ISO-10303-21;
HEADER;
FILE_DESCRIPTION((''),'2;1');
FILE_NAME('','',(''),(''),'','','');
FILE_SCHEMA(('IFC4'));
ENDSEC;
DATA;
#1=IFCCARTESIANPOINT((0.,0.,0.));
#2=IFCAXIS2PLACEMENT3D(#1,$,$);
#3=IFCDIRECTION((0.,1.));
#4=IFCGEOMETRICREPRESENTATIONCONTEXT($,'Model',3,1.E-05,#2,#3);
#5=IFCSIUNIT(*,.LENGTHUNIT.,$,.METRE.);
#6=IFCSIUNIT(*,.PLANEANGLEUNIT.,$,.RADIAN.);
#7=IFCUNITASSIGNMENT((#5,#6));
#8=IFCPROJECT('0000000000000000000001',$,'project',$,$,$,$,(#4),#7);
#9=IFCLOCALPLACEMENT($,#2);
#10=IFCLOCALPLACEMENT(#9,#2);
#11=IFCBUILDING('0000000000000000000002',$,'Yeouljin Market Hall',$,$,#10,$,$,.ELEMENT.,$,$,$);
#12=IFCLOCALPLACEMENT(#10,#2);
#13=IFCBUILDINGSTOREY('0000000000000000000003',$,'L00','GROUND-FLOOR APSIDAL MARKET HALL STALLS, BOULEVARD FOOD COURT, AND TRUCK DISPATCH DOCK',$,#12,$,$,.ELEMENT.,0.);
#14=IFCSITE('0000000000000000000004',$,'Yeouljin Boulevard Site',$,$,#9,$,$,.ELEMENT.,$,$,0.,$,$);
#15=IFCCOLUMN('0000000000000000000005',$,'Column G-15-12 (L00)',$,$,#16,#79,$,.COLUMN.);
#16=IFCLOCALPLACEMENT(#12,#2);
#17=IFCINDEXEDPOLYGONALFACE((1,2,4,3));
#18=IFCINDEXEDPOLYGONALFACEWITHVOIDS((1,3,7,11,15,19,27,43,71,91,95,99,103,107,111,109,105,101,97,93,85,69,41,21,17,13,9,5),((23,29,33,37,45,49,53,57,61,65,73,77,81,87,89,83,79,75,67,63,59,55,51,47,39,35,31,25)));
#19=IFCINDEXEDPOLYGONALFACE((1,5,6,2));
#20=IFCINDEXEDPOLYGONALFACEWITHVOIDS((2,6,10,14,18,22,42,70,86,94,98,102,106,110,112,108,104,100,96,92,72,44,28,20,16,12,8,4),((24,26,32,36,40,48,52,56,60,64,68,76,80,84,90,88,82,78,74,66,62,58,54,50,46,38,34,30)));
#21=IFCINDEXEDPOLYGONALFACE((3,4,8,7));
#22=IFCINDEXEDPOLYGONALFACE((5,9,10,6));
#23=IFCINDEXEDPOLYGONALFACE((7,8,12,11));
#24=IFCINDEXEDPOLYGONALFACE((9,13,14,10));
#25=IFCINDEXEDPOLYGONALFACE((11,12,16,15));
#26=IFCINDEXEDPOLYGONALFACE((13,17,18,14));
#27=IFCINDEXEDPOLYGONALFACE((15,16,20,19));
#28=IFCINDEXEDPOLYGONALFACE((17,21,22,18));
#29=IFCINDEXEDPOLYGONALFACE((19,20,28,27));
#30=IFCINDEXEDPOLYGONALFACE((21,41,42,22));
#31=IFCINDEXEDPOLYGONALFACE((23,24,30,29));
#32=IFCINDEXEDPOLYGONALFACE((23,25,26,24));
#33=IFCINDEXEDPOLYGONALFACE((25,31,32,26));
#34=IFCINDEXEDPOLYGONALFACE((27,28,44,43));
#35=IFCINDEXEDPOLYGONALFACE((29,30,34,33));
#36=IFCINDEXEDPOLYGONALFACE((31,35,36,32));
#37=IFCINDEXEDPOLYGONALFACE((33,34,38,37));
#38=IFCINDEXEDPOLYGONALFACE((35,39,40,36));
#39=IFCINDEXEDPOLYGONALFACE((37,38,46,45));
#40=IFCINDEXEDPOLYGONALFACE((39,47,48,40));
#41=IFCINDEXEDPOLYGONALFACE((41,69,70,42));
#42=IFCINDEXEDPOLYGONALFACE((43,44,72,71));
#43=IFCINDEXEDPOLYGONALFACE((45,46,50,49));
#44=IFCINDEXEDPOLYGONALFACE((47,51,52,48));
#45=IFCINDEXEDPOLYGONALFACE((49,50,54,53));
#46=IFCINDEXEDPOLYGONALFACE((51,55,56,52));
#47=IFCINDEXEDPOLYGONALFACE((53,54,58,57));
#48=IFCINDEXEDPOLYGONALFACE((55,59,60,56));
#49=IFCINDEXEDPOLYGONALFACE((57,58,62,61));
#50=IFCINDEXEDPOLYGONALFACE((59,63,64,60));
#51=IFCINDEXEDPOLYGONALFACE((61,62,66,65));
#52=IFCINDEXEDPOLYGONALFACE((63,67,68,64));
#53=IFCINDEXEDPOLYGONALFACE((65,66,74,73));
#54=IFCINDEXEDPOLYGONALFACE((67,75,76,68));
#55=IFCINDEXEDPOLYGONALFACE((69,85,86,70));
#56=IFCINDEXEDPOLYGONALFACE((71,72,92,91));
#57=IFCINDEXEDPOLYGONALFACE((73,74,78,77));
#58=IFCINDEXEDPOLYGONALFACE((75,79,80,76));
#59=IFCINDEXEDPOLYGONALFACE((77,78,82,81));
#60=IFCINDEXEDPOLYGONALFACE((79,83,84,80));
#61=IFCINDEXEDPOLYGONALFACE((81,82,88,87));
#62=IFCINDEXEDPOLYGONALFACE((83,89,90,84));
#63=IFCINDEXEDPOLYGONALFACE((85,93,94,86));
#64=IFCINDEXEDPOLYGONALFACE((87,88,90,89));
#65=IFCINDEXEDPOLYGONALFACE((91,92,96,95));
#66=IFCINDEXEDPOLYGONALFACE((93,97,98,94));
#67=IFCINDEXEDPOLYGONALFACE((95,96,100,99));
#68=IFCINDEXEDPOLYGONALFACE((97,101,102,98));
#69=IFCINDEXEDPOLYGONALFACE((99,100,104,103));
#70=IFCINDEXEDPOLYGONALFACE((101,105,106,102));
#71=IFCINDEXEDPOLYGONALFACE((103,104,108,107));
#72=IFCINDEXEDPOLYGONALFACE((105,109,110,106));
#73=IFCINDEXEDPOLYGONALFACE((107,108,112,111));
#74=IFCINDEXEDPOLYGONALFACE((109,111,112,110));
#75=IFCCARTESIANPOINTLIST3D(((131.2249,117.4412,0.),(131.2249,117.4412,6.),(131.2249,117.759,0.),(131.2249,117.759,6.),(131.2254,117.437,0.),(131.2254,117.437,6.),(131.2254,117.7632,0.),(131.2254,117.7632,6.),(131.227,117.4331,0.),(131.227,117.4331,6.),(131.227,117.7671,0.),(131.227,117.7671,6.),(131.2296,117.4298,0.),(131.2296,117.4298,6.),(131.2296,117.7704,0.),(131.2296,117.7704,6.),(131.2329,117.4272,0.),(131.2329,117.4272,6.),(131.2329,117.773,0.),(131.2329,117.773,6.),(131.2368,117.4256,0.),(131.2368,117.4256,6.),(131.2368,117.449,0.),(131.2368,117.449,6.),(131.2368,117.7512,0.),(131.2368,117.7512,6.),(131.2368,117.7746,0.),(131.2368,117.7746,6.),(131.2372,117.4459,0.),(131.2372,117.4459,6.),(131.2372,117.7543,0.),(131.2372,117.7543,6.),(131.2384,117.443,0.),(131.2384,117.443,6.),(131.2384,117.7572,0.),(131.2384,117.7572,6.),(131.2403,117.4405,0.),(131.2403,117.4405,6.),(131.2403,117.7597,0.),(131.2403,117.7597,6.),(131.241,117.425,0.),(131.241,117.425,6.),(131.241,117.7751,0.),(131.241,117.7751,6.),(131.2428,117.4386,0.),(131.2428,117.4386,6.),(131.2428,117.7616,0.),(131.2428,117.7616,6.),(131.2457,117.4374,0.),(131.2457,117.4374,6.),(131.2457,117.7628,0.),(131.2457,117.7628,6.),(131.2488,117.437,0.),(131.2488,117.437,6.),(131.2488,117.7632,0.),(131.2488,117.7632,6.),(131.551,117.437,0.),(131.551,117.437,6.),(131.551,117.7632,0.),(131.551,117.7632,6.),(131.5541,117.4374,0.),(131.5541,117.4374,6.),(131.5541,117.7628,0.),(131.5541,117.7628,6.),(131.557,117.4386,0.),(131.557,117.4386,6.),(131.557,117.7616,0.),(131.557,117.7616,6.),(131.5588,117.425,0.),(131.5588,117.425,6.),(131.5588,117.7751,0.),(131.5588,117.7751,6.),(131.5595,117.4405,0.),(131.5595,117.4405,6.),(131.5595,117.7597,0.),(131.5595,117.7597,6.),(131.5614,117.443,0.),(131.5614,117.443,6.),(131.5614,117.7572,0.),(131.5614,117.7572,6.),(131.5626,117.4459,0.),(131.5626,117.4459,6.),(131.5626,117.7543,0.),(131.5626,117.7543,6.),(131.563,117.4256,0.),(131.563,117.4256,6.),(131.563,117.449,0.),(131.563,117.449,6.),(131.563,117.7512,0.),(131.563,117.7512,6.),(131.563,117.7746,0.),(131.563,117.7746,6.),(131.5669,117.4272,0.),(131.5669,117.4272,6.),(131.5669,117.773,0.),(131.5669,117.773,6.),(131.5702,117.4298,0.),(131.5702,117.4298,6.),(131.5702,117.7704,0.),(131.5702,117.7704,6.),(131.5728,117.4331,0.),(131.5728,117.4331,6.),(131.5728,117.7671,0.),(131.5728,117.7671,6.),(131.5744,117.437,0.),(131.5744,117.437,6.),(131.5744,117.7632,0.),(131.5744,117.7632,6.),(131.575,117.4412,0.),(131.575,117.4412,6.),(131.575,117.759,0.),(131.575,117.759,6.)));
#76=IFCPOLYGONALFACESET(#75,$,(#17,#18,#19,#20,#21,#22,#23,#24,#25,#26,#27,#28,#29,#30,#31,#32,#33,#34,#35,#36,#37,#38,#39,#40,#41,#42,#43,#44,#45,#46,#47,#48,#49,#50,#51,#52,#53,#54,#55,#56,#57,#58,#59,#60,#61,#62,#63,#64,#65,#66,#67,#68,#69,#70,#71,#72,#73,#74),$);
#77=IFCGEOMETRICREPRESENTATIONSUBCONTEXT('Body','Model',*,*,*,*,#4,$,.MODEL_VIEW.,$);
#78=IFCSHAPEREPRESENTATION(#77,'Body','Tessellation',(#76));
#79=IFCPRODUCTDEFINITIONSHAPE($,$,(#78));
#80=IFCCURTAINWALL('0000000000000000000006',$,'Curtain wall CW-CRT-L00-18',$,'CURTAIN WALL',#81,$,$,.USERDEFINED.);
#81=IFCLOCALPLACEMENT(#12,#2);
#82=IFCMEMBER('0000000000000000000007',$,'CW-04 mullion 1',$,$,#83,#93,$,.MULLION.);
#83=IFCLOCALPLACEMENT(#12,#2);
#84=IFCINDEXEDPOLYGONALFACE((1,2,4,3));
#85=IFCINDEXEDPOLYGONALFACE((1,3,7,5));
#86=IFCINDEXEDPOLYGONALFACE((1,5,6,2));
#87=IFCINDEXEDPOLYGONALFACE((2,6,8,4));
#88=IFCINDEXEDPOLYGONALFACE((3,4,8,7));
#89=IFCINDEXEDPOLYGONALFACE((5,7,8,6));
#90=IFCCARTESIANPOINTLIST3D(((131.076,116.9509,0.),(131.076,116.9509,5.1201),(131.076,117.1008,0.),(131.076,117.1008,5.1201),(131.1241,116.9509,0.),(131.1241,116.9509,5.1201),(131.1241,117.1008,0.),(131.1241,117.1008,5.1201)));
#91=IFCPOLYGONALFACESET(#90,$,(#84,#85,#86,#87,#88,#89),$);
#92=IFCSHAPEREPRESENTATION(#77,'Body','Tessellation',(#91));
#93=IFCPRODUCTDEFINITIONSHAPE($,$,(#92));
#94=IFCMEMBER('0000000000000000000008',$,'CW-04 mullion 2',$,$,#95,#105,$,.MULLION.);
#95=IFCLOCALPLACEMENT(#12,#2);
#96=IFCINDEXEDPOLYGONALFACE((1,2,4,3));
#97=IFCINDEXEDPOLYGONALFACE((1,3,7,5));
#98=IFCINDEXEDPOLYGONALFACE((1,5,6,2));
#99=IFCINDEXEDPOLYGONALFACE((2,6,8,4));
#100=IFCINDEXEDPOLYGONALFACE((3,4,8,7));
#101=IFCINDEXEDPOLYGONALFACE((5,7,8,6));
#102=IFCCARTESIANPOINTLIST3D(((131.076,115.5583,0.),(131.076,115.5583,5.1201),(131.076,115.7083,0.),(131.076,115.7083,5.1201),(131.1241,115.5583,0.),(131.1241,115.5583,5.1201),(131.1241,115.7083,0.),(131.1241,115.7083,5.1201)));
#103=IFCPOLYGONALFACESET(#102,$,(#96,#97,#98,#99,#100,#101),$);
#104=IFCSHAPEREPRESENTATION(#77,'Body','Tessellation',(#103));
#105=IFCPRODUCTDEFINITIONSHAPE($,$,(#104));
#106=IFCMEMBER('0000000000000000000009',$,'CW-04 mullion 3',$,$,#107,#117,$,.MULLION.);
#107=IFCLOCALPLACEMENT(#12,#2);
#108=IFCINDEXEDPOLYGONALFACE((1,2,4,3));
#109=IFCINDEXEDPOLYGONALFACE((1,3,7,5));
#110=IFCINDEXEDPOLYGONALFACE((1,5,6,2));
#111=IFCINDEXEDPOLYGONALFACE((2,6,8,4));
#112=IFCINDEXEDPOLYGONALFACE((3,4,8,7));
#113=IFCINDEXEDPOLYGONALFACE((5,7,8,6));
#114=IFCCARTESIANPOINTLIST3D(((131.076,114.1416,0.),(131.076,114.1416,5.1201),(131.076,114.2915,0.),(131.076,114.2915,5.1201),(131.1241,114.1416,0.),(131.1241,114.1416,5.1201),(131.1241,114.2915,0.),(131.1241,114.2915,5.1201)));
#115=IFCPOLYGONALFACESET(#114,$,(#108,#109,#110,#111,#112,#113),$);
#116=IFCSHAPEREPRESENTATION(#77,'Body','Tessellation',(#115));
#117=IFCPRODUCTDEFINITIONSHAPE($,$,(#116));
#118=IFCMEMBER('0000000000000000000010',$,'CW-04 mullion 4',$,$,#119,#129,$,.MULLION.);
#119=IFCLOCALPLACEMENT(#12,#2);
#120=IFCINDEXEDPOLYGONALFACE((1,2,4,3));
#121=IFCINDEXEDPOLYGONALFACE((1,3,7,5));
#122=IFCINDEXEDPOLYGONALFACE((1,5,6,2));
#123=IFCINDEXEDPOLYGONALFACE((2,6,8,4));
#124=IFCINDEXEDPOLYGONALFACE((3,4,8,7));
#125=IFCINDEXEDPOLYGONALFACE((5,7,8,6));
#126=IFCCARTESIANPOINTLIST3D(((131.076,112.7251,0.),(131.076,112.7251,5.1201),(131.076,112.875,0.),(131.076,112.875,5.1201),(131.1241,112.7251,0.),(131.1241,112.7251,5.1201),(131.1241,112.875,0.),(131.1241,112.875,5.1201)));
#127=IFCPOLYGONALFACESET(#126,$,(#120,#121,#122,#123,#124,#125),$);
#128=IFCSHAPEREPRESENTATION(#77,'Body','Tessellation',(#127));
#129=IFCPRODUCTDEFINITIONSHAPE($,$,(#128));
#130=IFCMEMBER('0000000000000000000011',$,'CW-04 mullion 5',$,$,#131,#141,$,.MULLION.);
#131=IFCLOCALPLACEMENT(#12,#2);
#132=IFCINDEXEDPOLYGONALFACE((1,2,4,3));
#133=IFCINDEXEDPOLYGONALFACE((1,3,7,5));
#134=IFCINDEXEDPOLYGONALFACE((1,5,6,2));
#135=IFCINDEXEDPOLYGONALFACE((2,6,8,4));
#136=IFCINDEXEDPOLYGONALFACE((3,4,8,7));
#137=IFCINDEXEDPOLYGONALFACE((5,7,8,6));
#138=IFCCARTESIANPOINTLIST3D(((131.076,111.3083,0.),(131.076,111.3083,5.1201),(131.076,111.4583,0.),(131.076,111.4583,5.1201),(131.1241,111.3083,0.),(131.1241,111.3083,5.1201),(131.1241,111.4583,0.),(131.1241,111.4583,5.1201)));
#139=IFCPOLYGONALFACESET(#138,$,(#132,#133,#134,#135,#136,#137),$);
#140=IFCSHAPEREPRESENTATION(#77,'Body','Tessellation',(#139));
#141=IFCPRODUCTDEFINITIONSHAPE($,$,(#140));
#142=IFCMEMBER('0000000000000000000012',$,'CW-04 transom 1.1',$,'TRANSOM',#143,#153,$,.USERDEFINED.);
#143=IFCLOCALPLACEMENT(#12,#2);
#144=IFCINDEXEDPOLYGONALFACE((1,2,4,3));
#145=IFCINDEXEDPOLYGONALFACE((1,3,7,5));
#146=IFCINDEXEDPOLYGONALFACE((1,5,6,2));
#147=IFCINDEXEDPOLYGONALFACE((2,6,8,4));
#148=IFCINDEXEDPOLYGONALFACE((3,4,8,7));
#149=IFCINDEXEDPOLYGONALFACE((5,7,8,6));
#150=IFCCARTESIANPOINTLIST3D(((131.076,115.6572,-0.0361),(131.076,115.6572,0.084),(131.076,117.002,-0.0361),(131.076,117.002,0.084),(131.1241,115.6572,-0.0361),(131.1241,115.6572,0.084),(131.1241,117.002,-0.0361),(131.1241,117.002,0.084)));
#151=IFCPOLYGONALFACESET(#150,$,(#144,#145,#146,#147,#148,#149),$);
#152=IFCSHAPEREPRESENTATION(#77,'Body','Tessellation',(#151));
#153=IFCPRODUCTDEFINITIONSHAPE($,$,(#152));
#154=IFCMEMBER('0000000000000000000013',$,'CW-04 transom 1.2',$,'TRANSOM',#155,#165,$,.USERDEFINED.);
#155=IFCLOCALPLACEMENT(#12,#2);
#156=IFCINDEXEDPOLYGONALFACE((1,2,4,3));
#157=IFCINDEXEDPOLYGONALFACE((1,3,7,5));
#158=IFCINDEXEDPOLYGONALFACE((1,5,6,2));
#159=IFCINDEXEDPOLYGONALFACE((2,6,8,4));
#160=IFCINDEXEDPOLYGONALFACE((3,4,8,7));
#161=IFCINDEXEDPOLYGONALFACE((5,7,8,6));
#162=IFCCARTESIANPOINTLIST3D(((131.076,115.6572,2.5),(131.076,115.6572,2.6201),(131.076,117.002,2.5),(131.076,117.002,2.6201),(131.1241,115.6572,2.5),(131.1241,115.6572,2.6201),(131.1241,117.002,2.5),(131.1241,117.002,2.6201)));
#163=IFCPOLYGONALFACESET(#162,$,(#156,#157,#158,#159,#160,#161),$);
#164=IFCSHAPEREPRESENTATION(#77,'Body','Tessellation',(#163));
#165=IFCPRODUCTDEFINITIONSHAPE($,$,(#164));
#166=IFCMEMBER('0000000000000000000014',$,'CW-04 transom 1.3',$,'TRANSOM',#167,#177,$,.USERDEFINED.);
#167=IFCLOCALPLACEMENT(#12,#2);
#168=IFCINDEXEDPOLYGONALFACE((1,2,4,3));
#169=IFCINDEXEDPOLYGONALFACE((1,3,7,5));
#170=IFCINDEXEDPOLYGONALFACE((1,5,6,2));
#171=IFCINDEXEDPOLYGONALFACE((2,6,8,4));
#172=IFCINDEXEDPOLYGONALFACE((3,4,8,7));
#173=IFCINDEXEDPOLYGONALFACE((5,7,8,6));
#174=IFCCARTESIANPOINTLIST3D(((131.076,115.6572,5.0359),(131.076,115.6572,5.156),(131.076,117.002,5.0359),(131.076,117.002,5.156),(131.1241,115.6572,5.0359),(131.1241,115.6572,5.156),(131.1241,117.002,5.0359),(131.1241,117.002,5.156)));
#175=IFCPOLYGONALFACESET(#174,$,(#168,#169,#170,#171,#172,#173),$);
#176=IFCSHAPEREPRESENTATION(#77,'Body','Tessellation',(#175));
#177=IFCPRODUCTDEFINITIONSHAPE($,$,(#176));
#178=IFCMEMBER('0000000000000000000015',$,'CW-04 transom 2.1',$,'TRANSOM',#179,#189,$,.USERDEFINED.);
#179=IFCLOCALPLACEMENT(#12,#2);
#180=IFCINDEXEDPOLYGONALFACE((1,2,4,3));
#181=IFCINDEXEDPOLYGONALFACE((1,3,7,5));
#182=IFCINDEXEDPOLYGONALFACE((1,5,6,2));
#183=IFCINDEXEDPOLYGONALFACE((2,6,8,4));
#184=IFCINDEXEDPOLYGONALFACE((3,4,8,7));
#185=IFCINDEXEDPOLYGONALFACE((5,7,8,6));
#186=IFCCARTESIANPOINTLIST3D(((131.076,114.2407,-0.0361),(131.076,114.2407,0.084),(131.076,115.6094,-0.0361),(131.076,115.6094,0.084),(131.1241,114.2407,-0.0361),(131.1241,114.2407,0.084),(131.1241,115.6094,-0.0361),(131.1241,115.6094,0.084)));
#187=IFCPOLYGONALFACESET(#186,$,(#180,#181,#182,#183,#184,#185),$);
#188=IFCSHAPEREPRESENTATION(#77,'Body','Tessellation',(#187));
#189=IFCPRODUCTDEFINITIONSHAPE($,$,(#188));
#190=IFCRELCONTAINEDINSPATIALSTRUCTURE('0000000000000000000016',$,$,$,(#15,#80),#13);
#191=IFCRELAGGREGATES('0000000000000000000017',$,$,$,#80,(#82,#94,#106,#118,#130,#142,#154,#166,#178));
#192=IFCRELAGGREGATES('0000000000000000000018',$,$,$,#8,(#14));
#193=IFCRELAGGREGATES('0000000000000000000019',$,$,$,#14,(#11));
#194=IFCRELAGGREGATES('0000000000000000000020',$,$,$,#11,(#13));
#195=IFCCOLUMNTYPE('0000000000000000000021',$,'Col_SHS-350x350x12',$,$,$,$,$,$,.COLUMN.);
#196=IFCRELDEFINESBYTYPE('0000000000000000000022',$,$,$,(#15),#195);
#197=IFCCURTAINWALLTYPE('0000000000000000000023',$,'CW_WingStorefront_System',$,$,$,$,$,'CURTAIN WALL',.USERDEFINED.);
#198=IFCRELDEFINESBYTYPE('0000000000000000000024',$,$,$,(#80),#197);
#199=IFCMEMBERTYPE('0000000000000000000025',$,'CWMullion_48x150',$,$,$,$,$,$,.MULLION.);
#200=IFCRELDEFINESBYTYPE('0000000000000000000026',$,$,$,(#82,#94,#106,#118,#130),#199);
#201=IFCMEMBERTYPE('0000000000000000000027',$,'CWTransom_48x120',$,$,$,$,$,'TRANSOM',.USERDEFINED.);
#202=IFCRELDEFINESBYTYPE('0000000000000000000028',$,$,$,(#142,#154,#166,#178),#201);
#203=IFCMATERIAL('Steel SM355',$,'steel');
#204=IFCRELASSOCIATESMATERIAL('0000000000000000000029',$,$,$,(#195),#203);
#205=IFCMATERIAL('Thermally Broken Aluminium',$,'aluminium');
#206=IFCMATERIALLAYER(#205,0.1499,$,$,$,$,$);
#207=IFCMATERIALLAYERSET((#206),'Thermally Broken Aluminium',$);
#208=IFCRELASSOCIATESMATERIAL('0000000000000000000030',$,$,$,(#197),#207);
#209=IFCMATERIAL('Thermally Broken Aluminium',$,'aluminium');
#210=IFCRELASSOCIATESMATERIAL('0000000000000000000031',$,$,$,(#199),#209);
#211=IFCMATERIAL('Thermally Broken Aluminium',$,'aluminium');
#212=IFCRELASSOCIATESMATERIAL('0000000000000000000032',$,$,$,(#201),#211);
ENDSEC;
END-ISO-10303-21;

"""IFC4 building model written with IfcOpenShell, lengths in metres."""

from ifc_helpers import new_model, si_unit, direction, frame, origin, origin_2d, place, context, subcontext, project, spatial, rectangle, hollow_rectangle, extrude, material, layer, layer_set, material_profile, profile_set, type_object, element, aggregate, save


model = new_model("IFC4")

# Units and contexts
model_context = context("Model", 3, precision=1e-05, world=origin(), true_north=direction((0.0, 1.0)))
body_context = subcontext(model_context, "Body", "Model", "MODEL_VIEW")
ifc_project = project(units=[si_unit("LENGTHUNIT", "METRE"), si_unit("PLANEANGLEUNIT", "RADIAN")], contexts=[model_context])

# Site, building, storey
site_placement = place(None, origin())
site = spatial("IfcSite", under=ifc_project, at=site_placement, Name="Yeouljin Boulevard Site", CompositionType="ELEMENT", RefElevation=0.0)
building_placement = place(site_placement, origin())
building = spatial("IfcBuilding", under=site, at=building_placement, Name="Yeouljin Market Hall", CompositionType="ELEMENT")
storey_placement = place(building_placement, origin())
storey = spatial("IfcBuildingStorey", under=building, at=storey_placement, Name="L00", Description="GROUND-FLOOR APSIDAL MARKET HALL STALLS, BOULEVARD FOOD COURT, AND TRUCK DISPATCH DOCK", CompositionType="ELEMENT", Elevation=0.0)

# Column
ifc_material_1 = material(Name="Steel SM355", Category="steel")
ifc_material_profile_1 = material_profile(ifc_material_1, hollow_rectangle(XDim=0.3501, YDim=0.3501, WallThickness=0.012, InnerFilletRadius=0.012, OuterFilletRadius=0.0161, at=origin_2d()), Name="SHS-350x350x12")
ifc_profile_set_1 = profile_set([ifc_material_profile_1], Name="Steel SM355")
column_type = type_object("IfcColumnType", Name="Col_SHS-350x350x12", PredefinedType="COLUMN", material=ifc_profile_set_1)
column_placement = place(storey_placement, frame((131.3999, 117.6001, 0.0), z_axis=(0.0, 0.0, 1.0), x_axis=(1.0, 0.0, 0.0)))
element("IfcColumn", 1, at=column_placement, inside=storey, type_object=column_type, Name="Column G-15-12 (L00)", PredefinedType="COLUMN", context=body_context, shape_type="SweptSolid", body=[
    extrude(hollow_rectangle(XDim=0.3501, YDim=0.3501, WallThickness=0.012, InnerFilletRadius=0.012, OuterFilletRadius=0.0161, at=origin_2d()), origin(), (0.0, 0.0, 1.0), 6.0),
])

# Curtain wall, members
ifc_material_2 = material(Name="Thermally Broken Aluminium", Category="aluminium")
ifc_layer_1 = layer(ifc_material_2, 0.1499)
ifc_layer_set_1 = layer_set([ifc_layer_1], Name="Thermally Broken Aluminium")
curtain_wall_type = type_object("IfcCurtainWallType", Name="CW_WingStorefront_System", ElementType="CURTAIN WALL", PredefinedType="USERDEFINED", material=ifc_layer_set_1)
curtain_wall_placement = place(storey_placement, origin())
curtain_wall = element("IfcCurtainWall", 2, at=curtain_wall_placement, inside=storey, type_object=curtain_wall_type, Name="Curtain wall CW-CRT-L00-18", ObjectType="CURTAIN WALL", PredefinedType="USERDEFINED")
ifc_material_3 = material(Name="Thermally Broken Aluminium", Category="aluminium")
ifc_material_profile_2 = material_profile(ifc_material_3, rectangle(XDim=0.0481, YDim=0.1499, at=origin_2d()), Name="CW-MULL-48x150")
ifc_profile_set_2 = profile_set([ifc_material_profile_2], Name="Thermally Broken Aluminium")
member_type_1 = type_object("IfcMemberType", Name="CWMullion_48x150", PredefinedType="MULLION", material=ifc_profile_set_2)
member_1_placement = place(storey_placement, frame((131.1001, 117.0259, 0.0), z_axis=(0.0, 0.0, 1.0), x_axis=(1.0, 0.0, 0.0)))
member_1 = element("IfcMember", 3, at=member_1_placement, type_object=member_type_1, Name="CW-04 mullion 1", PredefinedType="MULLION", context=body_context, shape_type="SweptSolid", body=[
    extrude(rectangle(XDim=0.0481, YDim=0.1499, at=origin_2d()), origin(), (0.0, 0.0, 1.0), 5.1201),
])
member_2_placement = place(storey_placement, frame((131.1001, 115.6333, 0.0), z_axis=(0.0, 0.0, 1.0), x_axis=(1.0, 0.0, 0.0)))
member_2 = element("IfcMember", 4, at=member_2_placement, type_object=member_type_1, Name="CW-04 mullion 2", PredefinedType="MULLION", context=body_context, shape_type="SweptSolid", body=[
    extrude(rectangle(XDim=0.0481, YDim=0.1499, at=origin_2d()), origin(), (0.0, 0.0, 1.0), 5.1201),
])
member_3_placement = place(storey_placement, frame((131.1001, 114.2166, 0.0), z_axis=(0.0, 0.0, 1.0), x_axis=(1.0, 0.0, 0.0)))
member_3 = element("IfcMember", 5, at=member_3_placement, type_object=member_type_1, Name="CW-04 mullion 3", PredefinedType="MULLION", context=body_context, shape_type="SweptSolid", body=[
    extrude(rectangle(XDim=0.0481, YDim=0.1499, at=origin_2d()), origin(), (0.0, 0.0, 1.0), 5.1201),
])
member_4_placement = place(storey_placement, frame((131.1001, 112.8, 0.0), z_axis=(0.0, 0.0, 1.0), x_axis=(1.0, 0.0, 0.0)))
member_4 = element("IfcMember", 6, at=member_4_placement, type_object=member_type_1, Name="CW-04 mullion 4", PredefinedType="MULLION", context=body_context, shape_type="SweptSolid", body=[
    extrude(rectangle(XDim=0.0481, YDim=0.1499, at=origin_2d()), origin(), (0.0, 0.0, 1.0), 5.1201),
])
member_5_placement = place(storey_placement, frame((131.1001, 111.3833, 0.0), z_axis=(0.0, 0.0, 1.0), x_axis=(1.0, 0.0, 0.0)))
member_5 = element("IfcMember", 7, at=member_5_placement, type_object=member_type_1, Name="CW-04 mullion 5", PredefinedType="MULLION", context=body_context, shape_type="SweptSolid", body=[
    extrude(rectangle(XDim=0.0481, YDim=0.1499, at=origin_2d()), origin(), (0.0, 0.0, 1.0), 5.1201),
])
ifc_material_4 = material(Name="Thermally Broken Aluminium", Category="aluminium")
ifc_material_profile_3 = material_profile(ifc_material_4, rectangle(XDim=0.0481, YDim=0.1201, at=origin_2d()), Name="CW-TRAN-48x120")
ifc_profile_set_3 = profile_set([ifc_material_profile_3], Name="Thermally Broken Aluminium")
member_type_2 = type_object("IfcMemberType", Name="CWTransom_48x120", ElementType="TRANSOM", PredefinedType="USERDEFINED", material=ifc_profile_set_3)
member_6_placement = place(storey_placement, frame((131.1001, 117.002, 0.0239), z_axis=(0.0, -1.0, 0.0), x_axis=(1.0, 0.0, 0.0)))
member_6 = element("IfcMember", 8, at=member_6_placement, type_object=member_type_2, Name="CW-04 transom 1.1", ObjectType="TRANSOM", PredefinedType="USERDEFINED", context=body_context, shape_type="SweptSolid", body=[
    extrude(rectangle(XDim=0.0481, YDim=0.1201, at=origin_2d()), origin(), (0.0, 0.0, 1.0), 1.3447),
])
member_7_placement = place(storey_placement, frame((131.1001, 117.002, 2.5601), z_axis=(0.0, -1.0, 0.0), x_axis=(1.0, 0.0, 0.0)))
member_7 = element("IfcMember", 9, at=member_7_placement, type_object=member_type_2, Name="CW-04 transom 1.2", ObjectType="TRANSOM", PredefinedType="USERDEFINED", context=body_context, shape_type="SweptSolid", body=[
    extrude(rectangle(XDim=0.0481, YDim=0.1201, at=origin_2d()), origin(), (0.0, 0.0, 1.0), 1.3447),
])
member_8_placement = place(storey_placement, frame((131.1001, 117.002, 5.0959), z_axis=(0.0, -1.0, 0.0), x_axis=(1.0, 0.0, 0.0)))
member_8 = element("IfcMember", 10, at=member_8_placement, type_object=member_type_2, Name="CW-04 transom 1.3", ObjectType="TRANSOM", PredefinedType="USERDEFINED", context=body_context, shape_type="SweptSolid", body=[
    extrude(rectangle(XDim=0.0481, YDim=0.1201, at=origin_2d()), origin(), (0.0, 0.0, 1.0), 1.3447),
])
member_9_placement = place(storey_placement, frame((131.1001, 115.6094, 0.0239), z_axis=(0.0, -1.0, 0.0), x_axis=(1.0, 0.0, 0.0)))
member_9 = element("IfcMember", 11, at=member_9_placement, type_object=member_type_2, Name="CW-04 transom 2.1", ObjectType="TRANSOM", PredefinedType="USERDEFINED", context=body_context, shape_type="SweptSolid", body=[
    extrude(rectangle(XDim=0.0481, YDim=0.1201, at=origin_2d()), origin(), (0.0, 0.0, 1.0), 1.3687),
])
aggregate(curtain_wall, [member_1, member_2, member_3, member_4, member_5, member_6, member_7, member_8, member_9])

save(model, "model.ifc")
